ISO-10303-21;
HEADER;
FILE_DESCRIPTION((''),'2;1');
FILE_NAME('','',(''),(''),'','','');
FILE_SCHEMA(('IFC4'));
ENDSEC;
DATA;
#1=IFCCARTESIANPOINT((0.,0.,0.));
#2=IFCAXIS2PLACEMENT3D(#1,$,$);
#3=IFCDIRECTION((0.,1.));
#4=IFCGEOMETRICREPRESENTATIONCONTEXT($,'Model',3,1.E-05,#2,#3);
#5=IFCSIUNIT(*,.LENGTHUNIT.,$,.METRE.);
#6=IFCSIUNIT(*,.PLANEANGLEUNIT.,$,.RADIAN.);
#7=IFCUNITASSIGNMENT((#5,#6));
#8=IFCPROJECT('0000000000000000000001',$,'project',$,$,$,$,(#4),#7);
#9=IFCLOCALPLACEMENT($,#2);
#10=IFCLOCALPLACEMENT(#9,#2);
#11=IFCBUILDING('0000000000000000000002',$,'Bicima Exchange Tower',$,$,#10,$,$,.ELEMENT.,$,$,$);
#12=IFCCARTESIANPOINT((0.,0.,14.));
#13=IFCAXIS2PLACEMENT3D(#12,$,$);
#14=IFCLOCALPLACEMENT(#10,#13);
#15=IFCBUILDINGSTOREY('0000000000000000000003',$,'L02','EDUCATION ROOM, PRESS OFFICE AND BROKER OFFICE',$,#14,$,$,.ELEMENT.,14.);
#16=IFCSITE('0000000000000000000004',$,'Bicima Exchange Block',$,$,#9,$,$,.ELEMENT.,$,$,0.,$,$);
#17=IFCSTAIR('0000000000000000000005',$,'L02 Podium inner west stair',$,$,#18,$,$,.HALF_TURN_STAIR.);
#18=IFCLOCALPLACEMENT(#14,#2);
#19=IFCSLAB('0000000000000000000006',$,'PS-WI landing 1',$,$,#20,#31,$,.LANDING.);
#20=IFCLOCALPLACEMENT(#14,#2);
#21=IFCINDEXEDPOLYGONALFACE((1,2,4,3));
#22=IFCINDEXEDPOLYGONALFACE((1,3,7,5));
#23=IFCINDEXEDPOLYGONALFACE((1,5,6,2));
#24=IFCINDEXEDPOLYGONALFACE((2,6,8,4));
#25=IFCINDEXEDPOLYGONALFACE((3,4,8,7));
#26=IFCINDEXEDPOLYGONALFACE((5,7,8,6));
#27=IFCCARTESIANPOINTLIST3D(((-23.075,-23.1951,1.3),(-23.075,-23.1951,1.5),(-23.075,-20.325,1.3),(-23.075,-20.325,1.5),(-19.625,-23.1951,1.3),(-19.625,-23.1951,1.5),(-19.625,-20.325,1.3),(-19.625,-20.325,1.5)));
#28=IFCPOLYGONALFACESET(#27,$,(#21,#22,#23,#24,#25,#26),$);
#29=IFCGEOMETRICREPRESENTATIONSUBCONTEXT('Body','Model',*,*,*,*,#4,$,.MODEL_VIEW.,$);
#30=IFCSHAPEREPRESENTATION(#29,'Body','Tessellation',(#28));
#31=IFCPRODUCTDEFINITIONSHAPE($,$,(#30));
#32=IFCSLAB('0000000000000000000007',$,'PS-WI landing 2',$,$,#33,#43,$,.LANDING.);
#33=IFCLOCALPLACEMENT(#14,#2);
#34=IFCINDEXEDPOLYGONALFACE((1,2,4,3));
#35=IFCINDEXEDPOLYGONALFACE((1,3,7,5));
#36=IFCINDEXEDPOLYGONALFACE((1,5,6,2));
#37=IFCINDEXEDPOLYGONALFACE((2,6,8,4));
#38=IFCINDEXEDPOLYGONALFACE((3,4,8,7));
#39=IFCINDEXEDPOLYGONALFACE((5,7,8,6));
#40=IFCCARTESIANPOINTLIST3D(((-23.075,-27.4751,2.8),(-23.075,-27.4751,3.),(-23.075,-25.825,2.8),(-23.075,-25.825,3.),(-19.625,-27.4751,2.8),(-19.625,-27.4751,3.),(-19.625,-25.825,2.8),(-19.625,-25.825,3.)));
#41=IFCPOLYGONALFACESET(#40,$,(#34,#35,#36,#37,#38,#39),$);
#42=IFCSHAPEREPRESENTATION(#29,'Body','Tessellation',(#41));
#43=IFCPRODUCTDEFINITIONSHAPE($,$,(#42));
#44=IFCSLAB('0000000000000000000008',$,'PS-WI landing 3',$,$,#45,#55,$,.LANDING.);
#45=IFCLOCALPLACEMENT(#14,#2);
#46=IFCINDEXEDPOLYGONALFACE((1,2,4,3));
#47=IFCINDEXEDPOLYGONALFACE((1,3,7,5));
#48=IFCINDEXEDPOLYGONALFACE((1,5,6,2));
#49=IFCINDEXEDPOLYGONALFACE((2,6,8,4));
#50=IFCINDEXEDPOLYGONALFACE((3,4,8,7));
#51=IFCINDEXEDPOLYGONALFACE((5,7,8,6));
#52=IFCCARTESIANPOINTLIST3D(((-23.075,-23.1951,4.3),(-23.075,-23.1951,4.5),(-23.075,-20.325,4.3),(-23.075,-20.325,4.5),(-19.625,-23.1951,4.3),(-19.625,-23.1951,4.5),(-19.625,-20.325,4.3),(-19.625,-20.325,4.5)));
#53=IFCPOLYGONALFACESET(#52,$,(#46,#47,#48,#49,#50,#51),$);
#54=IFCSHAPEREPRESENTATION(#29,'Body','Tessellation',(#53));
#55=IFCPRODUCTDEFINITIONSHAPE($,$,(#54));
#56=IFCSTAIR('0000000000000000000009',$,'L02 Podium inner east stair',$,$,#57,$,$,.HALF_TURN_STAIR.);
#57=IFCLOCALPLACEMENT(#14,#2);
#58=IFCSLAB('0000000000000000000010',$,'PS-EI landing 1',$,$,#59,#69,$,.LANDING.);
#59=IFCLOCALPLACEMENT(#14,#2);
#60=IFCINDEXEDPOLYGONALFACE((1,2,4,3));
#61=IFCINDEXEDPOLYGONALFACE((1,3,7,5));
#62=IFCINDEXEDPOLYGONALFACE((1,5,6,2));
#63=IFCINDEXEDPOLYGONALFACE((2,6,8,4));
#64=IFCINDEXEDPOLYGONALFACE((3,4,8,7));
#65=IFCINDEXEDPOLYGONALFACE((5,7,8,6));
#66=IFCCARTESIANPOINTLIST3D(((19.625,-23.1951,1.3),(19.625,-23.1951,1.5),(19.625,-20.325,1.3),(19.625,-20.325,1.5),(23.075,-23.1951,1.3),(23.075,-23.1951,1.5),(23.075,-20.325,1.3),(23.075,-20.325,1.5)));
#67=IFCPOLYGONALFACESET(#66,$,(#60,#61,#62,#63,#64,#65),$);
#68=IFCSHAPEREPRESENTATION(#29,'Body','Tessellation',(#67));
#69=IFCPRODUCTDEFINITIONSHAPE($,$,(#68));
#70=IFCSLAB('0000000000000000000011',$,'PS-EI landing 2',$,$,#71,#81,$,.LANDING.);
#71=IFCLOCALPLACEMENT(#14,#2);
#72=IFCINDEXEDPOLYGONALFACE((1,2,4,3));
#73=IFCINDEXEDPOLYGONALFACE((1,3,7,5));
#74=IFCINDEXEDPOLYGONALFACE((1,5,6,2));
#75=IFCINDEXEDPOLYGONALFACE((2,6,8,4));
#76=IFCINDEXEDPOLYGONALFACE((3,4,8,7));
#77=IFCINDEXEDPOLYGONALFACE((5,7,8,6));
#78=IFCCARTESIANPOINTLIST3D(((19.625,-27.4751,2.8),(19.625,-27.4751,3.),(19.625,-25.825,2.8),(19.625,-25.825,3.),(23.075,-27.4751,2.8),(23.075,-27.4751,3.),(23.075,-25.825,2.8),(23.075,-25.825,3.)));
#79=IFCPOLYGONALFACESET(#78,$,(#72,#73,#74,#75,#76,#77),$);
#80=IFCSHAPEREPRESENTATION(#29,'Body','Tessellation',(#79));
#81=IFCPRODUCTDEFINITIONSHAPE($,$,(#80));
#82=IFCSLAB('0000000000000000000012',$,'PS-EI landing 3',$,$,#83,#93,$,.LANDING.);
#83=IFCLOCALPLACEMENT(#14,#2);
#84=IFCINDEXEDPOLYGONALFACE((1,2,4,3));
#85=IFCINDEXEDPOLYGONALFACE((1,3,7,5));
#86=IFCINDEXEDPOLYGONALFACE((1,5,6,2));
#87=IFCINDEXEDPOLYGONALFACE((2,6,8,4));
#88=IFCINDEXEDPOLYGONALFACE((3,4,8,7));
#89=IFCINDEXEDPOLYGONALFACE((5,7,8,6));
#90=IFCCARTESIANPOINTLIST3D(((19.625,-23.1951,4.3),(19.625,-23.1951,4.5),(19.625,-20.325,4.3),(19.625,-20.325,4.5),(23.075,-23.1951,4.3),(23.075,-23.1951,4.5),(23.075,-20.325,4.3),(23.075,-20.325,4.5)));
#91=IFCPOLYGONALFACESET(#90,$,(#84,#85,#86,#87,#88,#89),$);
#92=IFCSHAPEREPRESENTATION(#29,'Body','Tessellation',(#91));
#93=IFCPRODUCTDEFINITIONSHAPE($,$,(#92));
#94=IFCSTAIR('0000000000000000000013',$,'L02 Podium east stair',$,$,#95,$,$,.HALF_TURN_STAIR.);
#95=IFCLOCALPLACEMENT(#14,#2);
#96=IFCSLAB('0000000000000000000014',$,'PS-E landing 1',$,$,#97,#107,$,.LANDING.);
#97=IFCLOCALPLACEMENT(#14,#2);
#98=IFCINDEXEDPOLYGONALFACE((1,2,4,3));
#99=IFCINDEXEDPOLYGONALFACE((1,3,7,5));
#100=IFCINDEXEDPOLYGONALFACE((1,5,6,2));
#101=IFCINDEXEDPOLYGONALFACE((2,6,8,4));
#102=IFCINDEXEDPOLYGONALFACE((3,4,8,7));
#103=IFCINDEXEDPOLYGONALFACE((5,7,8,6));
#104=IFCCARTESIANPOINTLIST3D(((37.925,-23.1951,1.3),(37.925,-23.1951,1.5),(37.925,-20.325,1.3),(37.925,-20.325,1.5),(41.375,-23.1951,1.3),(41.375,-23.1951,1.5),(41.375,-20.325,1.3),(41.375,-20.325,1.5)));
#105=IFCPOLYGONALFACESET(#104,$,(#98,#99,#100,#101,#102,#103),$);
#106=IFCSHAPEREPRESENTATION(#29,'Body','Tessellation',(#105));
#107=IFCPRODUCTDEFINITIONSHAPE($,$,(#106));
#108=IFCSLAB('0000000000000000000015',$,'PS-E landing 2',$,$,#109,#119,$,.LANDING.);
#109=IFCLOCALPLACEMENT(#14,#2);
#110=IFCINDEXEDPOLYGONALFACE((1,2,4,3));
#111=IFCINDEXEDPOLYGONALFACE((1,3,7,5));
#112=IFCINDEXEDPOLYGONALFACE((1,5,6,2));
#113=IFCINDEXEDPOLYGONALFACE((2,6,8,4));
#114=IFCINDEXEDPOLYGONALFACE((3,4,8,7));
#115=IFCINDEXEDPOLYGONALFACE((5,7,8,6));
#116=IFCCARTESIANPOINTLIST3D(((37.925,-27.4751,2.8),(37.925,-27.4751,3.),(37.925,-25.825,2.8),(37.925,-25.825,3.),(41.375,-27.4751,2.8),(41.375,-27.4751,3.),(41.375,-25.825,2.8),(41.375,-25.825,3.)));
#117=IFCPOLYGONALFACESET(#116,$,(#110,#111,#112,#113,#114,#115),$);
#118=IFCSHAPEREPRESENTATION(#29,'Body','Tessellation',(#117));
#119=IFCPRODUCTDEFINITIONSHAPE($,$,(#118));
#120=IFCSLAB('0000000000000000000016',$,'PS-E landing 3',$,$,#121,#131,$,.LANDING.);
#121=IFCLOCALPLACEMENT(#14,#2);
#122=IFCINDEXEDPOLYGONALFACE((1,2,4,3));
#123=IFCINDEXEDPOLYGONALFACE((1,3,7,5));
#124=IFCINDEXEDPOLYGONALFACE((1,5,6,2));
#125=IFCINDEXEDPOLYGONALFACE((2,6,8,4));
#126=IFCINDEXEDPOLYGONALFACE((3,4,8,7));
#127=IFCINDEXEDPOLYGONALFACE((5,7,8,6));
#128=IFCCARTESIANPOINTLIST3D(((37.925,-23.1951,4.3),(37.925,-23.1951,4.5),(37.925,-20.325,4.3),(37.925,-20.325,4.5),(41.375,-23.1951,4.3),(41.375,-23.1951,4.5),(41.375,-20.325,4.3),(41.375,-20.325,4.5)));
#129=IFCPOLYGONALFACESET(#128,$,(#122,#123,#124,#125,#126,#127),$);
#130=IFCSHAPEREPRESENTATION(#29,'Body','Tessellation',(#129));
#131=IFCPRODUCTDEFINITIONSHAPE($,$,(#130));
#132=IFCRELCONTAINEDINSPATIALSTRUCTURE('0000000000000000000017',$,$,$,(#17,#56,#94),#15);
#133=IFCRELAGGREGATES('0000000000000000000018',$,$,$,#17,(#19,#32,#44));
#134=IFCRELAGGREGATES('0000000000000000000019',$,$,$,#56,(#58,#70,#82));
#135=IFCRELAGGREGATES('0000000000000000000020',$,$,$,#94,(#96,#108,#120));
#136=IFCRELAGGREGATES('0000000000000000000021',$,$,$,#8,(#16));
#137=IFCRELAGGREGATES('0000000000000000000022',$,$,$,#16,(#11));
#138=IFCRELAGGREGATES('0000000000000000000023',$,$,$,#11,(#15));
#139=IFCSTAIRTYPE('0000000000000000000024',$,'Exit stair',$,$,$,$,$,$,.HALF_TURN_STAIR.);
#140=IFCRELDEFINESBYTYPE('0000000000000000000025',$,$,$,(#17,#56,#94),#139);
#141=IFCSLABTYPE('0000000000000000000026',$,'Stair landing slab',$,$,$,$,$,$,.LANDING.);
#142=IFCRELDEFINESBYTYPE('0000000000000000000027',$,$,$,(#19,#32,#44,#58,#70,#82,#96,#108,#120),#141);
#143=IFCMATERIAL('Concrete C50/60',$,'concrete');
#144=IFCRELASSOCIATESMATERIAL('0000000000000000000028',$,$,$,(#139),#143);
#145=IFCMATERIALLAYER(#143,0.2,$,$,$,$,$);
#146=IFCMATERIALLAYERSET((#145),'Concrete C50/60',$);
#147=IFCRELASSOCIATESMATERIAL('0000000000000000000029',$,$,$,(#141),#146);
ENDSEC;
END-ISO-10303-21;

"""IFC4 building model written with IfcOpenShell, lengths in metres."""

from ifc_helpers import new_model, si_unit, direction, frame, origin, place, context, subcontext, project, spatial, polyline, outline, extrude, material, layer, layer_set, type_object, element, aggregate, save


model = new_model("IFC4")

# Units and contexts
model_context = context("Model", 3, precision=1e-05, world=origin(), true_north=direction((0.0, 1.0)))
body_context = subcontext(model_context, "Body", "Model", "MODEL_VIEW")
ifc_project = project(units=[si_unit("LENGTHUNIT", "METRE"), si_unit("PLANEANGLEUNIT", "RADIAN")], contexts=[model_context])

# Site, building, storey
site_placement = place(None, origin())
site = spatial("IfcSite", under=ifc_project, at=site_placement, Name="Bicima Exchange Block", CompositionType="ELEMENT", RefElevation=0.0)
building_placement = place(site_placement, origin())
building = spatial("IfcBuilding", under=site, at=building_placement, Name="Bicima Exchange Tower", CompositionType="ELEMENT")
storey_placement = place(building_placement, frame((0.0, 0.0, 14.0)))
storey = spatial("IfcBuildingStorey", under=building, at=storey_placement, Name="L02", Description="EDUCATION ROOM, PRESS OFFICE AND BROKER OFFICE", CompositionType="ELEMENT", Elevation=14.0)

# Stairs, slabs
ifc_material_1 = material(Name="Concrete C50/60", Category="concrete")
stair_type = type_object("IfcStairType", Name="Exit stair", PredefinedType="HALF_TURN_STAIR", material=ifc_material_1)
ifc_layer_1 = layer(ifc_material_1, 0.2)
ifc_layer_set_1 = layer_set([ifc_layer_1], Name="Concrete C50/60")
slab_type = type_object("IfcSlabType", Name="Stair landing slab", PredefinedType="LANDING", material=ifc_layer_set_1)
stair_1_placement = place(storey_placement, origin())
stair_1 = element("IfcStair", 1, at=stair_1_placement, inside=storey, type_object=stair_type, Name="L02 Podium inner west stair", PredefinedType="HALF_TURN_STAIR")
slab_1_placement = place(storey_placement, frame((0.0, 0.0, 1.3)))
slab_1 = element("IfcSlab", 2, at=slab_1_placement, type_object=slab_type, Name="PS-WI landing 1", PredefinedType="LANDING", context=body_context, shape_type="SweptSolid", body=[
    extrude(outline(polyline([(-19.625, -23.1951), (-19.625, -20.325), (-23.075, -20.325), (-23.075, -23.1951), (-19.625, -23.1951)])), origin(), (0.0, 0.0, 1.0), 0.2),
])
slab_2_placement = place(storey_placement, frame((0.0, 0.0, 2.8)))
slab_2 = element("IfcSlab", 3, at=slab_2_placement, type_object=slab_type, Name="PS-WI landing 2", PredefinedType="LANDING", context=body_context, shape_type="SweptSolid", body=[
    extrude(outline(polyline([(-19.625, -27.4751), (-19.625, -25.825), (-23.075, -25.825), (-23.075, -27.4751), (-19.625, -27.4751)])), origin(), (0.0, 0.0, 1.0), 0.2),
])
slab_3_placement = place(storey_placement, frame((0.0, 0.0, 4.3)))
slab_3 = element("IfcSlab", 4, at=slab_3_placement, type_object=slab_type, Name="PS-WI landing 3", PredefinedType="LANDING", context=body_context, shape_type="SweptSolid", body=[
    extrude(outline(polyline([(-19.625, -23.1951), (-19.625, -20.325), (-23.075, -20.325), (-23.075, -23.1951), (-19.625, -23.1951)])), origin(), (0.0, 0.0, 1.0), 0.2),
])
aggregate(stair_1, [slab_1, slab_2, slab_3])
stair_2_placement = place(storey_placement, origin())
stair_2 = element("IfcStair", 5, at=stair_2_placement, inside=storey, type_object=stair_type, Name="L02 Podium inner east stair", PredefinedType="HALF_TURN_STAIR")
slab_4_placement = place(storey_placement, frame((0.0, 0.0, 1.3)))
slab_4 = element("IfcSlab", 6, at=slab_4_placement, type_object=slab_type, Name="PS-EI landing 1", PredefinedType="LANDING", context=body_context, shape_type="SweptSolid", body=[
    extrude(outline(polyline([(23.075, -23.1951), (23.075, -20.325), (19.625, -20.325), (19.625, -23.1951), (23.075, -23.1951)])), origin(), (0.0, 0.0, 1.0), 0.2),
])
slab_5_placement = place(storey_placement, frame((0.0, 0.0, 2.8)))
slab_5 = element("IfcSlab", 7, at=slab_5_placement, type_object=slab_type, Name="PS-EI landing 2", PredefinedType="LANDING", context=body_context, shape_type="SweptSolid", body=[
    extrude(outline(polyline([(23.075, -27.4751), (23.075, -25.825), (19.625, -25.825), (19.625, -27.4751), (23.075, -27.4751)])), origin(), (0.0, 0.0, 1.0), 0.2),
])
slab_6_placement = place(storey_placement, frame((0.0, 0.0, 4.3)))
slab_6 = element("IfcSlab", 8, at=slab_6_placement, type_object=slab_type, Name="PS-EI landing 3", PredefinedType="LANDING", context=body_context, shape_type="SweptSolid", body=[
    extrude(outline(polyline([(23.075, -23.1951), (23.075, -20.325), (19.625, -20.325), (19.625, -23.1951), (23.075, -23.1951)])), origin(), (0.0, 0.0, 1.0), 0.2),
])
aggregate(stair_2, [slab_4, slab_5, slab_6])
stair_3_placement = place(storey_placement, origin())
stair_3 = element("IfcStair", 9, at=stair_3_placement, inside=storey, type_object=stair_type, Name="L02 Podium east stair", PredefinedType="HALF_TURN_STAIR")
slab_7_placement = place(storey_placement, frame((0.0, 0.0, 1.3)))
slab_7 = element("IfcSlab", 10, at=slab_7_placement, type_object=slab_type, Name="PS-E landing 1", PredefinedType="LANDING", context=body_context, shape_type="SweptSolid", body=[
    extrude(outline(polyline([(41.375, -23.1951), (41.375, -20.325), (37.925, -20.325), (37.925, -23.1951), (41.375, -23.1951)])), origin(), (0.0, 0.0, 1.0), 0.2),
])
slab_8_placement = place(storey_placement, frame((0.0, 0.0, 2.8)))
slab_8 = element("IfcSlab", 11, at=slab_8_placement, type_object=slab_type, Name="PS-E landing 2", PredefinedType="LANDING", context=body_context, shape_type="SweptSolid", body=[
    extrude(outline(polyline([(41.375, -27.4751), (41.375, -25.825), (37.925, -25.825), (37.925, -27.4751), (41.375, -27.4751)])), origin(), (0.0, 0.0, 1.0), 0.2),
])
slab_9_placement = place(storey_placement, frame((0.0, 0.0, 4.3)))
slab_9 = element("IfcSlab", 12, at=slab_9_placement, type_object=slab_type, Name="PS-E landing 3", PredefinedType="LANDING", context=body_context, shape_type="SweptSolid", body=[
    extrude(outline(polyline([(41.375, -23.1951), (41.375, -20.325), (37.925, -20.325), (37.925, -23.1951), (41.375, -23.1951)])), origin(), (0.0, 0.0, 1.0), 0.2),
])
aggregate(stair_3, [slab_7, slab_8, slab_9])

save(model, "model.ifc")
